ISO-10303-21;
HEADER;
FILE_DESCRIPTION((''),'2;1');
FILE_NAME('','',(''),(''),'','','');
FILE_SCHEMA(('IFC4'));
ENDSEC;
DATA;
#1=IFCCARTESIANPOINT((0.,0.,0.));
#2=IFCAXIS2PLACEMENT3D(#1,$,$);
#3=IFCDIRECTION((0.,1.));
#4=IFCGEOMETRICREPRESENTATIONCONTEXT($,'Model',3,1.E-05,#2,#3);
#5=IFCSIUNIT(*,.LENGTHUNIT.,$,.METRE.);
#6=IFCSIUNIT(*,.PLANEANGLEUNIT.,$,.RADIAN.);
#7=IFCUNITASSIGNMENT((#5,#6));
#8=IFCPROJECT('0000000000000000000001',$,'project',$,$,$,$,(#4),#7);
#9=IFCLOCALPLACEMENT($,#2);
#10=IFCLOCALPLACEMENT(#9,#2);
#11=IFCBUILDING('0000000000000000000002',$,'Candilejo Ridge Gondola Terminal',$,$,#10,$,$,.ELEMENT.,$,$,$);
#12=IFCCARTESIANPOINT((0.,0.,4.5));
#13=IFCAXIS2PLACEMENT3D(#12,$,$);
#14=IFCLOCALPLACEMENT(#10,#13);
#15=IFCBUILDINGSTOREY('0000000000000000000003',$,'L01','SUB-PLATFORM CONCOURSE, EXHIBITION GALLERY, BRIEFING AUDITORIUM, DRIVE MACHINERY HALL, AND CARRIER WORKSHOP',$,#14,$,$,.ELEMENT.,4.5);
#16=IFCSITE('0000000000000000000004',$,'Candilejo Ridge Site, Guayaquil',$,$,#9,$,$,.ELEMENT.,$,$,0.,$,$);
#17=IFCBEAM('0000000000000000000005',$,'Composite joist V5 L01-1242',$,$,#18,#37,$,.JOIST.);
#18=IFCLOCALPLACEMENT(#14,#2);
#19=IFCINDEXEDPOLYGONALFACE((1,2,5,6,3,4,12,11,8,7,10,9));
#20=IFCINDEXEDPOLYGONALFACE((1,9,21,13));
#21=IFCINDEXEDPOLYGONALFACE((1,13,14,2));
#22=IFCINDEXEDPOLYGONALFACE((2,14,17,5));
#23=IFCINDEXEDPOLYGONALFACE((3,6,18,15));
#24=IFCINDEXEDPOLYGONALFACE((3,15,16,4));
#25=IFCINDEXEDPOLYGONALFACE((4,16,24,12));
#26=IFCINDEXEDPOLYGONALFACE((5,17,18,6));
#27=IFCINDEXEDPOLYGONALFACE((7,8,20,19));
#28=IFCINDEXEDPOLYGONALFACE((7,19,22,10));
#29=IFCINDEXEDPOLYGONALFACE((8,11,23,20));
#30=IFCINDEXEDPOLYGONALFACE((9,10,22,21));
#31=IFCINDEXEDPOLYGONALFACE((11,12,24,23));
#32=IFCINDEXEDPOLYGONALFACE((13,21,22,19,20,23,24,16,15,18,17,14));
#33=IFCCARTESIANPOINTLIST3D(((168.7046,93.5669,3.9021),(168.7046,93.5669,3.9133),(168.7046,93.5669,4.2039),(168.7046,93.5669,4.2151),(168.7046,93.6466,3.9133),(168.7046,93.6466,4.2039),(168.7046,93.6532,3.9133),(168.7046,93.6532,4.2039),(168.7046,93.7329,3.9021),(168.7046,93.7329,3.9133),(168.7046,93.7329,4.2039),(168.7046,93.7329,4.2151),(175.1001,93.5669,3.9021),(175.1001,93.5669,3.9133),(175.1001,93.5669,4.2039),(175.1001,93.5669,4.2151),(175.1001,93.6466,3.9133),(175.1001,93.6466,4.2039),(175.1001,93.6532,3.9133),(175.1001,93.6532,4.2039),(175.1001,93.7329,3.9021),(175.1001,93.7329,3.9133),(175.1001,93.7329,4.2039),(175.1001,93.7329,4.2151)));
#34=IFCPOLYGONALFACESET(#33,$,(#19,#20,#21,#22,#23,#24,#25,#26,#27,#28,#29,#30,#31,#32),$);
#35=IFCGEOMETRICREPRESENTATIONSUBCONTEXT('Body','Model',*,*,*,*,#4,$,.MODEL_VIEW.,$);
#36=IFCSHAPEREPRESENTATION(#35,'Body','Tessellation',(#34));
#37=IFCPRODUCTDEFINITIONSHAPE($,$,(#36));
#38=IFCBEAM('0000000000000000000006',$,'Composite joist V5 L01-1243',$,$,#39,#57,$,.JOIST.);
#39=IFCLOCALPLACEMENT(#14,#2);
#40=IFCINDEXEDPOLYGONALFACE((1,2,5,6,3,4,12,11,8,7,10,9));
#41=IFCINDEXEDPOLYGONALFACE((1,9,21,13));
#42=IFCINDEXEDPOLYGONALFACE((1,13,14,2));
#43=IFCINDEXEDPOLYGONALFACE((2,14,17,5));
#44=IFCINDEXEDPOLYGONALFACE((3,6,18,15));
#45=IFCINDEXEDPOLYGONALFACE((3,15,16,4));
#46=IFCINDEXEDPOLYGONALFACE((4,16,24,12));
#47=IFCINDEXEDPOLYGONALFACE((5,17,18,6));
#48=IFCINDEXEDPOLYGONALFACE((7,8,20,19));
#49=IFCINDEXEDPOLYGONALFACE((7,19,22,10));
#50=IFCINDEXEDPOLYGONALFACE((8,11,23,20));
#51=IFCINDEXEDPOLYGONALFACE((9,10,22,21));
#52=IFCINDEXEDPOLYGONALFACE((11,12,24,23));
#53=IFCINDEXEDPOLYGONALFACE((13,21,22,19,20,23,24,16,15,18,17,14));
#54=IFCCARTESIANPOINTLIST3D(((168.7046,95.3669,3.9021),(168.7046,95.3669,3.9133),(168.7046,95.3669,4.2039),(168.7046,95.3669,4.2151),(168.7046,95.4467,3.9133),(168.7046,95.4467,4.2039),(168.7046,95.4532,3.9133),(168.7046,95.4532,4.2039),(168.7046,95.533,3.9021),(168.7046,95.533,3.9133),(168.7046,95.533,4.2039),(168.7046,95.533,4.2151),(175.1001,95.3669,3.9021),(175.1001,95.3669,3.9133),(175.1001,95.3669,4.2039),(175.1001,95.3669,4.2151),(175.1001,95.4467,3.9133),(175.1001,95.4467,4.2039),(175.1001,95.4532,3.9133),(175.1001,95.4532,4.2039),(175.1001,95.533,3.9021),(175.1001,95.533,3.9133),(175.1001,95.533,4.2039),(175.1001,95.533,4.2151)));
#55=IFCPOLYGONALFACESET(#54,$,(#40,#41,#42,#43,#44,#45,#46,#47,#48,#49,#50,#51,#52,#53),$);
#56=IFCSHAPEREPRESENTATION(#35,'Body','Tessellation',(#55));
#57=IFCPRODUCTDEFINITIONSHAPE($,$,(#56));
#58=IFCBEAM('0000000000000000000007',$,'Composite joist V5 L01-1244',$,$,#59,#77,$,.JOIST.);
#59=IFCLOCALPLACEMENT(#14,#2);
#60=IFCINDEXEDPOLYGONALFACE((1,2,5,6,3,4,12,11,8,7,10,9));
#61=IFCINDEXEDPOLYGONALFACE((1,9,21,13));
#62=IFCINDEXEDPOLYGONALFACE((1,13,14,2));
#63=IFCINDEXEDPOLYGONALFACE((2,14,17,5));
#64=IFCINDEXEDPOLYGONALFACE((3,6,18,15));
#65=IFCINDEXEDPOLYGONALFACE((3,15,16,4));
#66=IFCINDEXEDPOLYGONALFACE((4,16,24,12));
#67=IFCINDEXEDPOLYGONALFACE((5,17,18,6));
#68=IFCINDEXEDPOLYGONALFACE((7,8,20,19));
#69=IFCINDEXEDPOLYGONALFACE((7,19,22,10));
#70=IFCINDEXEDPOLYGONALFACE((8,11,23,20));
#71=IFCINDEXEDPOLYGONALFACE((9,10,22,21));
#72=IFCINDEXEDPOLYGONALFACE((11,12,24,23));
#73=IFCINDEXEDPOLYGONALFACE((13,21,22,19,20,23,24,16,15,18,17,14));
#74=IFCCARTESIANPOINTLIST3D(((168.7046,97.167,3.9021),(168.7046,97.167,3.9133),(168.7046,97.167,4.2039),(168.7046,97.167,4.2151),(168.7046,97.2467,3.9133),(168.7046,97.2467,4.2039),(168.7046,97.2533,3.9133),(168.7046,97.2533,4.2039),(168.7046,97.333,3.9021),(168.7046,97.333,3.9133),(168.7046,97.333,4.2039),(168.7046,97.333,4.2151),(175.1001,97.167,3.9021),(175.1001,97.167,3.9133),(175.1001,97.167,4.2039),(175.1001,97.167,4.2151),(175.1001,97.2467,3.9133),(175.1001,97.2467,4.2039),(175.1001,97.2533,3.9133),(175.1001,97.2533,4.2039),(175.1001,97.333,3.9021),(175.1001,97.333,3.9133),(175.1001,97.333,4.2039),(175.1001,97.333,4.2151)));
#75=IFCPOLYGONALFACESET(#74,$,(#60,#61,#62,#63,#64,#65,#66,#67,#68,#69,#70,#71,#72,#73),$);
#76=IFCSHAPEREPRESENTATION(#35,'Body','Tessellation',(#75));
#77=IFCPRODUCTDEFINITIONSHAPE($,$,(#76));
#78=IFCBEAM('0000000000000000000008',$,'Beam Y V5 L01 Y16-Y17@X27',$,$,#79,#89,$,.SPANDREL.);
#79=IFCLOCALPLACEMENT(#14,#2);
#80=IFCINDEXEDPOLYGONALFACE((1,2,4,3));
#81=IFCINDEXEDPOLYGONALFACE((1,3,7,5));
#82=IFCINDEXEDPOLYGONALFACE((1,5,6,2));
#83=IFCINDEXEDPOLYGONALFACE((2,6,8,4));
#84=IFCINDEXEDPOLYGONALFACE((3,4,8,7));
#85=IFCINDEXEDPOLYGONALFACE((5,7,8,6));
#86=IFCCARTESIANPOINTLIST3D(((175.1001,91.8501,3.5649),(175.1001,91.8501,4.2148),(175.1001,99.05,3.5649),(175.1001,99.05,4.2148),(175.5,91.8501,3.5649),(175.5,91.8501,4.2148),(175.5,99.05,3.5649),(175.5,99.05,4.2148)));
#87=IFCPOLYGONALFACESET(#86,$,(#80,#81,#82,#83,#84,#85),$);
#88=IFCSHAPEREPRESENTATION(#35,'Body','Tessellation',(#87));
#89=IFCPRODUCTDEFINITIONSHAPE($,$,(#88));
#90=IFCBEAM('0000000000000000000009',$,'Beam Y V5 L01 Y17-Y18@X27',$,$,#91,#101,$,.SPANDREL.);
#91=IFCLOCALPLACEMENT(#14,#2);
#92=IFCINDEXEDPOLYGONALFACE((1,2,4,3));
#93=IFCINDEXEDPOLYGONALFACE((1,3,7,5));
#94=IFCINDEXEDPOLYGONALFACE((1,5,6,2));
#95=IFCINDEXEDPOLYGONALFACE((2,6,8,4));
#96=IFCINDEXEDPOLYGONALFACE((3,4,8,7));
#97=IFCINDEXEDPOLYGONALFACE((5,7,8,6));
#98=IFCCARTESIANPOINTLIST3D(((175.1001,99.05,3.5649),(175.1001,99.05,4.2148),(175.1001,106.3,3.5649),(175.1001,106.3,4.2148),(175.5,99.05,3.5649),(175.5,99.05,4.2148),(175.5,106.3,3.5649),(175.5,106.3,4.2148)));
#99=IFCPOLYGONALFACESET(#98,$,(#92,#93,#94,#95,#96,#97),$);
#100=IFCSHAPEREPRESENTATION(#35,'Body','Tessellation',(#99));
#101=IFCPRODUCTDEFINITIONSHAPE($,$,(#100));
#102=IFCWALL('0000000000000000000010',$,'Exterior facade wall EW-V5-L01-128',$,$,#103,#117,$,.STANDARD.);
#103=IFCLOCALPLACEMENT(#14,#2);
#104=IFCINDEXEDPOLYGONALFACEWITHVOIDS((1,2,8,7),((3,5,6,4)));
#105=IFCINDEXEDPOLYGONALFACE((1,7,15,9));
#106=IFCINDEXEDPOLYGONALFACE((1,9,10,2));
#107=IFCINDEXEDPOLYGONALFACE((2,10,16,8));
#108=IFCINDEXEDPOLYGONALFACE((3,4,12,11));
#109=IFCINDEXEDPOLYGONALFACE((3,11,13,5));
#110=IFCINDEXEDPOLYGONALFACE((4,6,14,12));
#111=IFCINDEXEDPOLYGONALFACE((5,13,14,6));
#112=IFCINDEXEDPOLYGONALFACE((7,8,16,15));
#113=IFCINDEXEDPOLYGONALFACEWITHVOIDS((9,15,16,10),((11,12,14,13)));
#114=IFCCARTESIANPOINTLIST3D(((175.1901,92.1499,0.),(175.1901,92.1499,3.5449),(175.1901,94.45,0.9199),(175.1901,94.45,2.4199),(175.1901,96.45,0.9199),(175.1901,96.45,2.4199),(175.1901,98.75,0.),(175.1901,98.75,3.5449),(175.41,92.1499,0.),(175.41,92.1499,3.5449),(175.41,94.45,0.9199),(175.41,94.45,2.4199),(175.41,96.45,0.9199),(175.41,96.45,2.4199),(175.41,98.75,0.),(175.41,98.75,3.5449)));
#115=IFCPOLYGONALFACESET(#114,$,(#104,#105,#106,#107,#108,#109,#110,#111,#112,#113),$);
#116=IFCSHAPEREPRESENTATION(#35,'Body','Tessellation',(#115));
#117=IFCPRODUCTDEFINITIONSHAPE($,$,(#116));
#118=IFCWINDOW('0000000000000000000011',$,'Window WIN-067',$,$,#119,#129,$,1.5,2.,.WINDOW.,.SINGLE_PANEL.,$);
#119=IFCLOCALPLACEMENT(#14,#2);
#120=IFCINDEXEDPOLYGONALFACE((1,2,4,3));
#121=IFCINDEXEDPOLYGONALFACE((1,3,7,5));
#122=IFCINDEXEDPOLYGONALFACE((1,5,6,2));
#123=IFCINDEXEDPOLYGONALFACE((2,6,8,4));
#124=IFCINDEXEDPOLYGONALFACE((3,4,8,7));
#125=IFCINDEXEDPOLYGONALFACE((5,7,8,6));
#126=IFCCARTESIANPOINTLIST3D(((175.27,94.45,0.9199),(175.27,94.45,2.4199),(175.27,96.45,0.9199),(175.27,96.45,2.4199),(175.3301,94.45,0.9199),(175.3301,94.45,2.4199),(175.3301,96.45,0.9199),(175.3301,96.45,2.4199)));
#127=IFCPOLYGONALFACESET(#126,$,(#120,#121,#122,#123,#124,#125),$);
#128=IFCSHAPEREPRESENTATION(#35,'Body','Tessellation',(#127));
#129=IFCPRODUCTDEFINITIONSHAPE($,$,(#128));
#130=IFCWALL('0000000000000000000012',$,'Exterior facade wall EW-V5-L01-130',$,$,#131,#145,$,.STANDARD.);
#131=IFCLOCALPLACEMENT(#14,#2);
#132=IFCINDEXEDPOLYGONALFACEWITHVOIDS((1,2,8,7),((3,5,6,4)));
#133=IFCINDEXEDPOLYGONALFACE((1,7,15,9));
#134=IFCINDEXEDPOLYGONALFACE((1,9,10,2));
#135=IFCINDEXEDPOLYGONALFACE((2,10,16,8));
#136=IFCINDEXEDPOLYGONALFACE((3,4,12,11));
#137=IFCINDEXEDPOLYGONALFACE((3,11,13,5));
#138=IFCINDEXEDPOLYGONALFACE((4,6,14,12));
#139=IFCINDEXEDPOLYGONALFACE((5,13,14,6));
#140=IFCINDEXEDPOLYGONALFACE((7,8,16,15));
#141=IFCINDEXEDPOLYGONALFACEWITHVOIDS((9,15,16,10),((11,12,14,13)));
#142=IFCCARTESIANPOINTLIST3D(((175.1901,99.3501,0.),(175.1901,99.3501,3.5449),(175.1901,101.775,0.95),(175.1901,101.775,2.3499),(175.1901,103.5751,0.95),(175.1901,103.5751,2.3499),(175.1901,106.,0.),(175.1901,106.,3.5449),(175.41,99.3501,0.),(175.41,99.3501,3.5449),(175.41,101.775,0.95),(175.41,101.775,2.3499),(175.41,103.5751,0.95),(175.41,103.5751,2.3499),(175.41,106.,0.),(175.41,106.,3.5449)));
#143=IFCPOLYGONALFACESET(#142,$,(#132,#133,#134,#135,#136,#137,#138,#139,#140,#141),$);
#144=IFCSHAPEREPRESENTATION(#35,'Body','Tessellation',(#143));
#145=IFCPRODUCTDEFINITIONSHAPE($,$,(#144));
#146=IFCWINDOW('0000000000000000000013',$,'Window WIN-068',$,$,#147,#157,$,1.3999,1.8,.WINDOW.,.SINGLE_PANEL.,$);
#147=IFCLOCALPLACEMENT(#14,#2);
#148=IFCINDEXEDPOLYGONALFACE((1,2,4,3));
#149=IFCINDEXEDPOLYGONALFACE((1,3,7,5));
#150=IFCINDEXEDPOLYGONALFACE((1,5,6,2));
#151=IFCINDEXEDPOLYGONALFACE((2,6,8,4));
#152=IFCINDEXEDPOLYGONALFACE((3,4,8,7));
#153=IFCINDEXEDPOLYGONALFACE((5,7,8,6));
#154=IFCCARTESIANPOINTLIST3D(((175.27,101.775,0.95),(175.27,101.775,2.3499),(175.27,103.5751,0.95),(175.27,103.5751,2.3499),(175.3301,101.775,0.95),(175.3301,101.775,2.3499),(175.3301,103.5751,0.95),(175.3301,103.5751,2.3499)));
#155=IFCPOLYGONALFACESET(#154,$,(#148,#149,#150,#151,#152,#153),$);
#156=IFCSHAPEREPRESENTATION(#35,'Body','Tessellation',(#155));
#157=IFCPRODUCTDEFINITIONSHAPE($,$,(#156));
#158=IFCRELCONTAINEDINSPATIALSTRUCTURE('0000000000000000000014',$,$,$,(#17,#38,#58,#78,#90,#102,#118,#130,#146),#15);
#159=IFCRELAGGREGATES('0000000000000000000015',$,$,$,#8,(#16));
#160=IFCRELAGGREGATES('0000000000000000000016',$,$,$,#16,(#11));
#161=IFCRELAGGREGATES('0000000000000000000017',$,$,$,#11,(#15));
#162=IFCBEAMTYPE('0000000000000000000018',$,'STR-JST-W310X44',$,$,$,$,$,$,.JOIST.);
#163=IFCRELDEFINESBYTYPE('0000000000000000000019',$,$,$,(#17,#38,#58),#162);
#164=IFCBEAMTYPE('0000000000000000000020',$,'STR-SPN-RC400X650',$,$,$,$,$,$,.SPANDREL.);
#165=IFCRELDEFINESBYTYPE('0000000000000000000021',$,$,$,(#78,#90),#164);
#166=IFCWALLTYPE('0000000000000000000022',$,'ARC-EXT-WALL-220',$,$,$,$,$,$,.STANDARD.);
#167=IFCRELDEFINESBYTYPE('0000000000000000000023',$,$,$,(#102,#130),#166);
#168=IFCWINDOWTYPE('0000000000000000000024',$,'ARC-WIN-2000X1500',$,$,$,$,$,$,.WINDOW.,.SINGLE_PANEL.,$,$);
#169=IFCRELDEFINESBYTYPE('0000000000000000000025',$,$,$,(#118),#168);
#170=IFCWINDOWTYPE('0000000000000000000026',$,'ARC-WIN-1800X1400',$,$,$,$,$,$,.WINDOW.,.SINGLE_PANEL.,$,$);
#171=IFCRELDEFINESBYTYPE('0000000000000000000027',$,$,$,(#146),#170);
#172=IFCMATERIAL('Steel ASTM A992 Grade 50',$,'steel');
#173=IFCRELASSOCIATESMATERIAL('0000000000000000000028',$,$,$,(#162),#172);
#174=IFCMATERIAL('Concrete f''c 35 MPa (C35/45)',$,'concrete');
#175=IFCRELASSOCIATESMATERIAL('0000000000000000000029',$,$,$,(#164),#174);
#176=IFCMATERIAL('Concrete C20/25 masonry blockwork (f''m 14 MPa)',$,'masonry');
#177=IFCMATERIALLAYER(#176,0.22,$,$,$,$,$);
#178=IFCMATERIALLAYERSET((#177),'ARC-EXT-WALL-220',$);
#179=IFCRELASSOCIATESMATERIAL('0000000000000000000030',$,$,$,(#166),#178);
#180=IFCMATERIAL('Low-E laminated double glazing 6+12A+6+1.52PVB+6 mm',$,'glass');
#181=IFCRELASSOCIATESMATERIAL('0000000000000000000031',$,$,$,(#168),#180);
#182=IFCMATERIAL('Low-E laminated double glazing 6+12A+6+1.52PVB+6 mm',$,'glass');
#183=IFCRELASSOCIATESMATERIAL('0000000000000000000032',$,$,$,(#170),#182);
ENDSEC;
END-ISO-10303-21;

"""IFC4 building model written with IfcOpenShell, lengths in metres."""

from ifc_helpers import new_model, si_unit, direction, frame, frame_2d, origin, origin_2d, place, context, subcontext, project, spatial, rectangle, i_section, extrude, material, layer, layer_set, material_profile, profile_set, type_object, element, fill, save


model = new_model("IFC4")

# Units and contexts
model_context = context("Model", 3, precision=1e-05, world=origin(), true_north=direction((0.0, 1.0)))
body_context = subcontext(model_context, "Body", "Model", "MODEL_VIEW")
ifc_project = project(units=[si_unit("LENGTHUNIT", "METRE"), si_unit("PLANEANGLEUNIT", "RADIAN")], contexts=[model_context])

# Site, building, storey
site_placement = place(None, origin())
site = spatial("IfcSite", under=ifc_project, at=site_placement, Name="Candilejo Ridge Site, Guayaquil", CompositionType="ELEMENT", RefElevation=0.0)
building_placement = place(site_placement, origin())
building = spatial("IfcBuilding", under=site, at=building_placement, Name="Candilejo Ridge Gondola Terminal", CompositionType="ELEMENT")
storey_placement = place(building_placement, frame((0.0, 0.0, 4.5)))
storey = spatial("IfcBuildingStorey", under=building, at=storey_placement, Name="L01", Description="SUB-PLATFORM CONCOURSE, EXHIBITION GALLERY, BRIEFING AUDITORIUM, DRIVE MACHINERY HALL, AND CARRIER WORKSHOP", CompositionType="ELEMENT", Elevation=4.5)

# Beams
ifc_material_1 = material(Name="Steel ASTM A992 Grade 50", Category="steel")
ifc_material_profile_1 = material_profile(ifc_material_1, i_section(OverallWidth=0.166, OverallDepth=0.313, WebThickness=0.0066, FlangeThickness=0.0112, at=origin_2d()))
ifc_profile_set_1 = profile_set([ifc_material_profile_1], Name="Steel ASTM A992 Grade 50")
beam_type_1 = type_object("IfcBeamType", Name="STR-JST-W310X44", PredefinedType="JOIST", material=ifc_profile_set_1)
for number, where, z_axis, x_axis, name in (
    (1, (168.7046, 93.6499, 4.0586), (1.0, 0.0, 0.0), (0.0, 1.0, 0.0), "Composite joist V5 L01-1242"),
    (2, (168.7046, 95.45, 4.0586), (1.0, 0.0, 0.0), (0.0, 1.0, 0.0), "Composite joist V5 L01-1243"),
    (3, (168.7046, 97.25, 4.0586), (1.0, 0.0, 0.0), (0.0, 1.0, 0.0), "Composite joist V5 L01-1244"),
):
    element("IfcBeam", number, at=place(storey_placement, frame(where, z_axis=z_axis, x_axis=x_axis)), inside=storey, type_object=beam_type_1, Name=name, PredefinedType="JOIST", context=body_context, shape_type="SweptSolid", body=[
        extrude(i_section(OverallWidth=0.166, OverallDepth=0.313, WebThickness=0.0066, FlangeThickness=0.0112, at=origin_2d()), origin(), (0.0, 0.0, 1.0), 6.3955),
    ])
ifc_material_2 = material(Name="Concrete f'c 35 MPa (C35/45)", Category="concrete")
ifc_material_profile_2 = material_profile(ifc_material_2, rectangle(XDim=0.3999, YDim=0.6499, at=origin_2d()))
ifc_profile_set_2 = profile_set([ifc_material_profile_2], Name="Concrete f'c 35 MPa (C35/45)")
beam_type_2 = type_object("IfcBeamType", Name="STR-SPN-RC400X650", PredefinedType="SPANDREL", material=ifc_profile_set_2)
beam_1_placement = place(storey_placement, frame((175.3, 91.8501, 3.8899), z_axis=(0.0, 1.0, 0.0), x_axis=(-1.0, 0.0, 0.0)))
element("IfcBeam", 4, at=beam_1_placement, inside=storey, type_object=beam_type_2, Name="Beam Y V5 L01 Y16-Y17@X27", PredefinedType="SPANDREL", context=body_context, shape_type="SweptSolid", body=[
    extrude(rectangle(XDim=0.3999, YDim=0.6499, at=origin_2d()), origin(), (0.0, 0.0, 1.0), 7.2),
])
beam_2_placement = place(storey_placement, frame((175.3, 99.05, 3.8899), z_axis=(0.0, 1.0, 0.0), x_axis=(-1.0, 0.0, 0.0)))
element("IfcBeam", 5, at=beam_2_placement, inside=storey, type_object=beam_type_2, Name="Beam Y V5 L01 Y17-Y18@X27", PredefinedType="SPANDREL", context=body_context, shape_type="SweptSolid", body=[
    extrude(rectangle(XDim=0.3999, YDim=0.6499, at=origin_2d()), origin(), (0.0, 0.0, 1.0), 7.25),
])

# Walls, openings, windows
ifc_material_3 = material(Name="Concrete C20/25 masonry blockwork (f'm 14 MPa)", Category="masonry")
ifc_layer_1 = layer(ifc_material_3, 0.22)
ifc_layer_set_1 = layer_set([ifc_layer_1], Name="ARC-EXT-WALL-220")
wall_type_1 = type_object("IfcWallType", Name="ARC-EXT-WALL-220", PredefinedType="STANDARD", material=ifc_layer_set_1)
wall_1_placement = place(storey_placement, frame((175.3, 98.75, 0.0), z_axis=(0.0, 0.0, 1.0), x_axis=(0.0, -1.0, 0.0)))
wall_1 = element("IfcWall", 6, at=wall_1_placement, inside=storey, type_object=wall_type_1, Name="Exterior facade wall EW-V5-L01-128", PredefinedType="STANDARD", context=body_context, shape_type="SweptSolid", body=[
    extrude(rectangle(XDim=6.6001, YDim=0.22, at=frame_2d((3.3, 0.0))), origin(), (0.0, 0.0, 1.0), 3.5449),
])
opening_1_placement = place(wall_1_placement, frame((2.3, 0.0, 0.9199)))
opening_1 = element("IfcOpeningElement", 7, at=opening_1_placement, cuts=wall_1, PredefinedType="OPENING", context=body_context, shape_type="SweptSolid", body=[
    extrude(rectangle(XDim=2.0, YDim=1.5, at=frame_2d((1.0, 0.75))), frame((0.0, 0.1199, 0.0), z_axis=(0.0, -1.0, 0.0), x_axis=(1.0, 0.0, 0.0)), (0.0, 0.0, 1.0), 0.24),
])
ifc_material_4 = material(Name="Low-E laminated double glazing 6+12A+6+1.52PVB+6 mm", Category="glass")
window_type_1 = type_object("IfcWindowType", Name="ARC-WIN-2000X1500", PartitioningType="SINGLE_PANEL", PredefinedType="WINDOW", material=ifc_material_4)
window_1_placement = place(opening_1_placement, origin())
window_1 = element("IfcWindow", 8, at=window_1_placement, inside=storey, type_object=window_type_1, Name="Window WIN-067", OverallHeight=1.5, OverallWidth=2.0, PartitioningType="SINGLE_PANEL", PredefinedType="WINDOW", context=body_context, shape_type="SweptSolid", body=[
    extrude(rectangle(XDim=2.0, YDim=1.5, at=frame_2d((1.0, 0.75))), frame((0.0, 0.03, 0.0), z_axis=(0.0, -1.0, 0.0), x_axis=(1.0, 0.0, 0.0)), (0.0, 0.0, 1.0), 0.0601),
])
fill(opening_1, window_1)
wall_2_placement = place(storey_placement, frame((175.3, 106.0, 0.0), z_axis=(0.0, 0.0, 1.0), x_axis=(0.0, -1.0, 0.0)))
wall_2 = element("IfcWall", 9, at=wall_2_placement, inside=storey, type_object=wall_type_1, Name="Exterior facade wall EW-V5-L01-130", PredefinedType="STANDARD", context=body_context, shape_type="SweptSolid", body=[
    extrude(rectangle(XDim=6.6499, YDim=0.22, at=frame_2d((3.325, 0.0))), origin(), (0.0, 0.0, 1.0), 3.5449),
])
opening_2_placement = place(wall_2_placement, frame((2.425, 0.0, 0.95)))
opening_2 = element("IfcOpeningElement", 10, at=opening_2_placement, cuts=wall_2, PredefinedType="OPENING", context=body_context, shape_type="SweptSolid", body=[
    extrude(rectangle(XDim=1.8, YDim=1.3999, at=frame_2d((0.8999, 0.7))), frame((0.0, 0.1199, 0.0), z_axis=(0.0, -1.0, 0.0), x_axis=(1.0, 0.0, 0.0)), (0.0, 0.0, 1.0), 0.24),
])
ifc_material_5 = material(Name="Low-E laminated double glazing 6+12A+6+1.52PVB+6 mm", Category="glass")
window_type_2 = type_object("IfcWindowType", Name="ARC-WIN-1800X1400", PartitioningType="SINGLE_PANEL", PredefinedType="WINDOW", material=ifc_material_5)
window_2_placement = place(opening_2_placement, origin())
window_2 = element("IfcWindow", 11, at=window_2_placement, inside=storey, type_object=window_type_2, Name="Window WIN-068", OverallHeight=1.3999, OverallWidth=1.8, PartitioningType="SINGLE_PANEL", PredefinedType="WINDOW", context=body_context, shape_type="SweptSolid", body=[
    extrude(rectangle(XDim=1.8, YDim=1.3999, at=frame_2d((0.8999, 0.7))), frame((0.0, 0.03, 0.0), z_axis=(0.0, -1.0, 0.0), x_axis=(1.0, 0.0, 0.0)), (0.0, 0.0, 1.0), 0.0601),
])
fill(opening_2, window_2)

save(model, "model.ifc")
